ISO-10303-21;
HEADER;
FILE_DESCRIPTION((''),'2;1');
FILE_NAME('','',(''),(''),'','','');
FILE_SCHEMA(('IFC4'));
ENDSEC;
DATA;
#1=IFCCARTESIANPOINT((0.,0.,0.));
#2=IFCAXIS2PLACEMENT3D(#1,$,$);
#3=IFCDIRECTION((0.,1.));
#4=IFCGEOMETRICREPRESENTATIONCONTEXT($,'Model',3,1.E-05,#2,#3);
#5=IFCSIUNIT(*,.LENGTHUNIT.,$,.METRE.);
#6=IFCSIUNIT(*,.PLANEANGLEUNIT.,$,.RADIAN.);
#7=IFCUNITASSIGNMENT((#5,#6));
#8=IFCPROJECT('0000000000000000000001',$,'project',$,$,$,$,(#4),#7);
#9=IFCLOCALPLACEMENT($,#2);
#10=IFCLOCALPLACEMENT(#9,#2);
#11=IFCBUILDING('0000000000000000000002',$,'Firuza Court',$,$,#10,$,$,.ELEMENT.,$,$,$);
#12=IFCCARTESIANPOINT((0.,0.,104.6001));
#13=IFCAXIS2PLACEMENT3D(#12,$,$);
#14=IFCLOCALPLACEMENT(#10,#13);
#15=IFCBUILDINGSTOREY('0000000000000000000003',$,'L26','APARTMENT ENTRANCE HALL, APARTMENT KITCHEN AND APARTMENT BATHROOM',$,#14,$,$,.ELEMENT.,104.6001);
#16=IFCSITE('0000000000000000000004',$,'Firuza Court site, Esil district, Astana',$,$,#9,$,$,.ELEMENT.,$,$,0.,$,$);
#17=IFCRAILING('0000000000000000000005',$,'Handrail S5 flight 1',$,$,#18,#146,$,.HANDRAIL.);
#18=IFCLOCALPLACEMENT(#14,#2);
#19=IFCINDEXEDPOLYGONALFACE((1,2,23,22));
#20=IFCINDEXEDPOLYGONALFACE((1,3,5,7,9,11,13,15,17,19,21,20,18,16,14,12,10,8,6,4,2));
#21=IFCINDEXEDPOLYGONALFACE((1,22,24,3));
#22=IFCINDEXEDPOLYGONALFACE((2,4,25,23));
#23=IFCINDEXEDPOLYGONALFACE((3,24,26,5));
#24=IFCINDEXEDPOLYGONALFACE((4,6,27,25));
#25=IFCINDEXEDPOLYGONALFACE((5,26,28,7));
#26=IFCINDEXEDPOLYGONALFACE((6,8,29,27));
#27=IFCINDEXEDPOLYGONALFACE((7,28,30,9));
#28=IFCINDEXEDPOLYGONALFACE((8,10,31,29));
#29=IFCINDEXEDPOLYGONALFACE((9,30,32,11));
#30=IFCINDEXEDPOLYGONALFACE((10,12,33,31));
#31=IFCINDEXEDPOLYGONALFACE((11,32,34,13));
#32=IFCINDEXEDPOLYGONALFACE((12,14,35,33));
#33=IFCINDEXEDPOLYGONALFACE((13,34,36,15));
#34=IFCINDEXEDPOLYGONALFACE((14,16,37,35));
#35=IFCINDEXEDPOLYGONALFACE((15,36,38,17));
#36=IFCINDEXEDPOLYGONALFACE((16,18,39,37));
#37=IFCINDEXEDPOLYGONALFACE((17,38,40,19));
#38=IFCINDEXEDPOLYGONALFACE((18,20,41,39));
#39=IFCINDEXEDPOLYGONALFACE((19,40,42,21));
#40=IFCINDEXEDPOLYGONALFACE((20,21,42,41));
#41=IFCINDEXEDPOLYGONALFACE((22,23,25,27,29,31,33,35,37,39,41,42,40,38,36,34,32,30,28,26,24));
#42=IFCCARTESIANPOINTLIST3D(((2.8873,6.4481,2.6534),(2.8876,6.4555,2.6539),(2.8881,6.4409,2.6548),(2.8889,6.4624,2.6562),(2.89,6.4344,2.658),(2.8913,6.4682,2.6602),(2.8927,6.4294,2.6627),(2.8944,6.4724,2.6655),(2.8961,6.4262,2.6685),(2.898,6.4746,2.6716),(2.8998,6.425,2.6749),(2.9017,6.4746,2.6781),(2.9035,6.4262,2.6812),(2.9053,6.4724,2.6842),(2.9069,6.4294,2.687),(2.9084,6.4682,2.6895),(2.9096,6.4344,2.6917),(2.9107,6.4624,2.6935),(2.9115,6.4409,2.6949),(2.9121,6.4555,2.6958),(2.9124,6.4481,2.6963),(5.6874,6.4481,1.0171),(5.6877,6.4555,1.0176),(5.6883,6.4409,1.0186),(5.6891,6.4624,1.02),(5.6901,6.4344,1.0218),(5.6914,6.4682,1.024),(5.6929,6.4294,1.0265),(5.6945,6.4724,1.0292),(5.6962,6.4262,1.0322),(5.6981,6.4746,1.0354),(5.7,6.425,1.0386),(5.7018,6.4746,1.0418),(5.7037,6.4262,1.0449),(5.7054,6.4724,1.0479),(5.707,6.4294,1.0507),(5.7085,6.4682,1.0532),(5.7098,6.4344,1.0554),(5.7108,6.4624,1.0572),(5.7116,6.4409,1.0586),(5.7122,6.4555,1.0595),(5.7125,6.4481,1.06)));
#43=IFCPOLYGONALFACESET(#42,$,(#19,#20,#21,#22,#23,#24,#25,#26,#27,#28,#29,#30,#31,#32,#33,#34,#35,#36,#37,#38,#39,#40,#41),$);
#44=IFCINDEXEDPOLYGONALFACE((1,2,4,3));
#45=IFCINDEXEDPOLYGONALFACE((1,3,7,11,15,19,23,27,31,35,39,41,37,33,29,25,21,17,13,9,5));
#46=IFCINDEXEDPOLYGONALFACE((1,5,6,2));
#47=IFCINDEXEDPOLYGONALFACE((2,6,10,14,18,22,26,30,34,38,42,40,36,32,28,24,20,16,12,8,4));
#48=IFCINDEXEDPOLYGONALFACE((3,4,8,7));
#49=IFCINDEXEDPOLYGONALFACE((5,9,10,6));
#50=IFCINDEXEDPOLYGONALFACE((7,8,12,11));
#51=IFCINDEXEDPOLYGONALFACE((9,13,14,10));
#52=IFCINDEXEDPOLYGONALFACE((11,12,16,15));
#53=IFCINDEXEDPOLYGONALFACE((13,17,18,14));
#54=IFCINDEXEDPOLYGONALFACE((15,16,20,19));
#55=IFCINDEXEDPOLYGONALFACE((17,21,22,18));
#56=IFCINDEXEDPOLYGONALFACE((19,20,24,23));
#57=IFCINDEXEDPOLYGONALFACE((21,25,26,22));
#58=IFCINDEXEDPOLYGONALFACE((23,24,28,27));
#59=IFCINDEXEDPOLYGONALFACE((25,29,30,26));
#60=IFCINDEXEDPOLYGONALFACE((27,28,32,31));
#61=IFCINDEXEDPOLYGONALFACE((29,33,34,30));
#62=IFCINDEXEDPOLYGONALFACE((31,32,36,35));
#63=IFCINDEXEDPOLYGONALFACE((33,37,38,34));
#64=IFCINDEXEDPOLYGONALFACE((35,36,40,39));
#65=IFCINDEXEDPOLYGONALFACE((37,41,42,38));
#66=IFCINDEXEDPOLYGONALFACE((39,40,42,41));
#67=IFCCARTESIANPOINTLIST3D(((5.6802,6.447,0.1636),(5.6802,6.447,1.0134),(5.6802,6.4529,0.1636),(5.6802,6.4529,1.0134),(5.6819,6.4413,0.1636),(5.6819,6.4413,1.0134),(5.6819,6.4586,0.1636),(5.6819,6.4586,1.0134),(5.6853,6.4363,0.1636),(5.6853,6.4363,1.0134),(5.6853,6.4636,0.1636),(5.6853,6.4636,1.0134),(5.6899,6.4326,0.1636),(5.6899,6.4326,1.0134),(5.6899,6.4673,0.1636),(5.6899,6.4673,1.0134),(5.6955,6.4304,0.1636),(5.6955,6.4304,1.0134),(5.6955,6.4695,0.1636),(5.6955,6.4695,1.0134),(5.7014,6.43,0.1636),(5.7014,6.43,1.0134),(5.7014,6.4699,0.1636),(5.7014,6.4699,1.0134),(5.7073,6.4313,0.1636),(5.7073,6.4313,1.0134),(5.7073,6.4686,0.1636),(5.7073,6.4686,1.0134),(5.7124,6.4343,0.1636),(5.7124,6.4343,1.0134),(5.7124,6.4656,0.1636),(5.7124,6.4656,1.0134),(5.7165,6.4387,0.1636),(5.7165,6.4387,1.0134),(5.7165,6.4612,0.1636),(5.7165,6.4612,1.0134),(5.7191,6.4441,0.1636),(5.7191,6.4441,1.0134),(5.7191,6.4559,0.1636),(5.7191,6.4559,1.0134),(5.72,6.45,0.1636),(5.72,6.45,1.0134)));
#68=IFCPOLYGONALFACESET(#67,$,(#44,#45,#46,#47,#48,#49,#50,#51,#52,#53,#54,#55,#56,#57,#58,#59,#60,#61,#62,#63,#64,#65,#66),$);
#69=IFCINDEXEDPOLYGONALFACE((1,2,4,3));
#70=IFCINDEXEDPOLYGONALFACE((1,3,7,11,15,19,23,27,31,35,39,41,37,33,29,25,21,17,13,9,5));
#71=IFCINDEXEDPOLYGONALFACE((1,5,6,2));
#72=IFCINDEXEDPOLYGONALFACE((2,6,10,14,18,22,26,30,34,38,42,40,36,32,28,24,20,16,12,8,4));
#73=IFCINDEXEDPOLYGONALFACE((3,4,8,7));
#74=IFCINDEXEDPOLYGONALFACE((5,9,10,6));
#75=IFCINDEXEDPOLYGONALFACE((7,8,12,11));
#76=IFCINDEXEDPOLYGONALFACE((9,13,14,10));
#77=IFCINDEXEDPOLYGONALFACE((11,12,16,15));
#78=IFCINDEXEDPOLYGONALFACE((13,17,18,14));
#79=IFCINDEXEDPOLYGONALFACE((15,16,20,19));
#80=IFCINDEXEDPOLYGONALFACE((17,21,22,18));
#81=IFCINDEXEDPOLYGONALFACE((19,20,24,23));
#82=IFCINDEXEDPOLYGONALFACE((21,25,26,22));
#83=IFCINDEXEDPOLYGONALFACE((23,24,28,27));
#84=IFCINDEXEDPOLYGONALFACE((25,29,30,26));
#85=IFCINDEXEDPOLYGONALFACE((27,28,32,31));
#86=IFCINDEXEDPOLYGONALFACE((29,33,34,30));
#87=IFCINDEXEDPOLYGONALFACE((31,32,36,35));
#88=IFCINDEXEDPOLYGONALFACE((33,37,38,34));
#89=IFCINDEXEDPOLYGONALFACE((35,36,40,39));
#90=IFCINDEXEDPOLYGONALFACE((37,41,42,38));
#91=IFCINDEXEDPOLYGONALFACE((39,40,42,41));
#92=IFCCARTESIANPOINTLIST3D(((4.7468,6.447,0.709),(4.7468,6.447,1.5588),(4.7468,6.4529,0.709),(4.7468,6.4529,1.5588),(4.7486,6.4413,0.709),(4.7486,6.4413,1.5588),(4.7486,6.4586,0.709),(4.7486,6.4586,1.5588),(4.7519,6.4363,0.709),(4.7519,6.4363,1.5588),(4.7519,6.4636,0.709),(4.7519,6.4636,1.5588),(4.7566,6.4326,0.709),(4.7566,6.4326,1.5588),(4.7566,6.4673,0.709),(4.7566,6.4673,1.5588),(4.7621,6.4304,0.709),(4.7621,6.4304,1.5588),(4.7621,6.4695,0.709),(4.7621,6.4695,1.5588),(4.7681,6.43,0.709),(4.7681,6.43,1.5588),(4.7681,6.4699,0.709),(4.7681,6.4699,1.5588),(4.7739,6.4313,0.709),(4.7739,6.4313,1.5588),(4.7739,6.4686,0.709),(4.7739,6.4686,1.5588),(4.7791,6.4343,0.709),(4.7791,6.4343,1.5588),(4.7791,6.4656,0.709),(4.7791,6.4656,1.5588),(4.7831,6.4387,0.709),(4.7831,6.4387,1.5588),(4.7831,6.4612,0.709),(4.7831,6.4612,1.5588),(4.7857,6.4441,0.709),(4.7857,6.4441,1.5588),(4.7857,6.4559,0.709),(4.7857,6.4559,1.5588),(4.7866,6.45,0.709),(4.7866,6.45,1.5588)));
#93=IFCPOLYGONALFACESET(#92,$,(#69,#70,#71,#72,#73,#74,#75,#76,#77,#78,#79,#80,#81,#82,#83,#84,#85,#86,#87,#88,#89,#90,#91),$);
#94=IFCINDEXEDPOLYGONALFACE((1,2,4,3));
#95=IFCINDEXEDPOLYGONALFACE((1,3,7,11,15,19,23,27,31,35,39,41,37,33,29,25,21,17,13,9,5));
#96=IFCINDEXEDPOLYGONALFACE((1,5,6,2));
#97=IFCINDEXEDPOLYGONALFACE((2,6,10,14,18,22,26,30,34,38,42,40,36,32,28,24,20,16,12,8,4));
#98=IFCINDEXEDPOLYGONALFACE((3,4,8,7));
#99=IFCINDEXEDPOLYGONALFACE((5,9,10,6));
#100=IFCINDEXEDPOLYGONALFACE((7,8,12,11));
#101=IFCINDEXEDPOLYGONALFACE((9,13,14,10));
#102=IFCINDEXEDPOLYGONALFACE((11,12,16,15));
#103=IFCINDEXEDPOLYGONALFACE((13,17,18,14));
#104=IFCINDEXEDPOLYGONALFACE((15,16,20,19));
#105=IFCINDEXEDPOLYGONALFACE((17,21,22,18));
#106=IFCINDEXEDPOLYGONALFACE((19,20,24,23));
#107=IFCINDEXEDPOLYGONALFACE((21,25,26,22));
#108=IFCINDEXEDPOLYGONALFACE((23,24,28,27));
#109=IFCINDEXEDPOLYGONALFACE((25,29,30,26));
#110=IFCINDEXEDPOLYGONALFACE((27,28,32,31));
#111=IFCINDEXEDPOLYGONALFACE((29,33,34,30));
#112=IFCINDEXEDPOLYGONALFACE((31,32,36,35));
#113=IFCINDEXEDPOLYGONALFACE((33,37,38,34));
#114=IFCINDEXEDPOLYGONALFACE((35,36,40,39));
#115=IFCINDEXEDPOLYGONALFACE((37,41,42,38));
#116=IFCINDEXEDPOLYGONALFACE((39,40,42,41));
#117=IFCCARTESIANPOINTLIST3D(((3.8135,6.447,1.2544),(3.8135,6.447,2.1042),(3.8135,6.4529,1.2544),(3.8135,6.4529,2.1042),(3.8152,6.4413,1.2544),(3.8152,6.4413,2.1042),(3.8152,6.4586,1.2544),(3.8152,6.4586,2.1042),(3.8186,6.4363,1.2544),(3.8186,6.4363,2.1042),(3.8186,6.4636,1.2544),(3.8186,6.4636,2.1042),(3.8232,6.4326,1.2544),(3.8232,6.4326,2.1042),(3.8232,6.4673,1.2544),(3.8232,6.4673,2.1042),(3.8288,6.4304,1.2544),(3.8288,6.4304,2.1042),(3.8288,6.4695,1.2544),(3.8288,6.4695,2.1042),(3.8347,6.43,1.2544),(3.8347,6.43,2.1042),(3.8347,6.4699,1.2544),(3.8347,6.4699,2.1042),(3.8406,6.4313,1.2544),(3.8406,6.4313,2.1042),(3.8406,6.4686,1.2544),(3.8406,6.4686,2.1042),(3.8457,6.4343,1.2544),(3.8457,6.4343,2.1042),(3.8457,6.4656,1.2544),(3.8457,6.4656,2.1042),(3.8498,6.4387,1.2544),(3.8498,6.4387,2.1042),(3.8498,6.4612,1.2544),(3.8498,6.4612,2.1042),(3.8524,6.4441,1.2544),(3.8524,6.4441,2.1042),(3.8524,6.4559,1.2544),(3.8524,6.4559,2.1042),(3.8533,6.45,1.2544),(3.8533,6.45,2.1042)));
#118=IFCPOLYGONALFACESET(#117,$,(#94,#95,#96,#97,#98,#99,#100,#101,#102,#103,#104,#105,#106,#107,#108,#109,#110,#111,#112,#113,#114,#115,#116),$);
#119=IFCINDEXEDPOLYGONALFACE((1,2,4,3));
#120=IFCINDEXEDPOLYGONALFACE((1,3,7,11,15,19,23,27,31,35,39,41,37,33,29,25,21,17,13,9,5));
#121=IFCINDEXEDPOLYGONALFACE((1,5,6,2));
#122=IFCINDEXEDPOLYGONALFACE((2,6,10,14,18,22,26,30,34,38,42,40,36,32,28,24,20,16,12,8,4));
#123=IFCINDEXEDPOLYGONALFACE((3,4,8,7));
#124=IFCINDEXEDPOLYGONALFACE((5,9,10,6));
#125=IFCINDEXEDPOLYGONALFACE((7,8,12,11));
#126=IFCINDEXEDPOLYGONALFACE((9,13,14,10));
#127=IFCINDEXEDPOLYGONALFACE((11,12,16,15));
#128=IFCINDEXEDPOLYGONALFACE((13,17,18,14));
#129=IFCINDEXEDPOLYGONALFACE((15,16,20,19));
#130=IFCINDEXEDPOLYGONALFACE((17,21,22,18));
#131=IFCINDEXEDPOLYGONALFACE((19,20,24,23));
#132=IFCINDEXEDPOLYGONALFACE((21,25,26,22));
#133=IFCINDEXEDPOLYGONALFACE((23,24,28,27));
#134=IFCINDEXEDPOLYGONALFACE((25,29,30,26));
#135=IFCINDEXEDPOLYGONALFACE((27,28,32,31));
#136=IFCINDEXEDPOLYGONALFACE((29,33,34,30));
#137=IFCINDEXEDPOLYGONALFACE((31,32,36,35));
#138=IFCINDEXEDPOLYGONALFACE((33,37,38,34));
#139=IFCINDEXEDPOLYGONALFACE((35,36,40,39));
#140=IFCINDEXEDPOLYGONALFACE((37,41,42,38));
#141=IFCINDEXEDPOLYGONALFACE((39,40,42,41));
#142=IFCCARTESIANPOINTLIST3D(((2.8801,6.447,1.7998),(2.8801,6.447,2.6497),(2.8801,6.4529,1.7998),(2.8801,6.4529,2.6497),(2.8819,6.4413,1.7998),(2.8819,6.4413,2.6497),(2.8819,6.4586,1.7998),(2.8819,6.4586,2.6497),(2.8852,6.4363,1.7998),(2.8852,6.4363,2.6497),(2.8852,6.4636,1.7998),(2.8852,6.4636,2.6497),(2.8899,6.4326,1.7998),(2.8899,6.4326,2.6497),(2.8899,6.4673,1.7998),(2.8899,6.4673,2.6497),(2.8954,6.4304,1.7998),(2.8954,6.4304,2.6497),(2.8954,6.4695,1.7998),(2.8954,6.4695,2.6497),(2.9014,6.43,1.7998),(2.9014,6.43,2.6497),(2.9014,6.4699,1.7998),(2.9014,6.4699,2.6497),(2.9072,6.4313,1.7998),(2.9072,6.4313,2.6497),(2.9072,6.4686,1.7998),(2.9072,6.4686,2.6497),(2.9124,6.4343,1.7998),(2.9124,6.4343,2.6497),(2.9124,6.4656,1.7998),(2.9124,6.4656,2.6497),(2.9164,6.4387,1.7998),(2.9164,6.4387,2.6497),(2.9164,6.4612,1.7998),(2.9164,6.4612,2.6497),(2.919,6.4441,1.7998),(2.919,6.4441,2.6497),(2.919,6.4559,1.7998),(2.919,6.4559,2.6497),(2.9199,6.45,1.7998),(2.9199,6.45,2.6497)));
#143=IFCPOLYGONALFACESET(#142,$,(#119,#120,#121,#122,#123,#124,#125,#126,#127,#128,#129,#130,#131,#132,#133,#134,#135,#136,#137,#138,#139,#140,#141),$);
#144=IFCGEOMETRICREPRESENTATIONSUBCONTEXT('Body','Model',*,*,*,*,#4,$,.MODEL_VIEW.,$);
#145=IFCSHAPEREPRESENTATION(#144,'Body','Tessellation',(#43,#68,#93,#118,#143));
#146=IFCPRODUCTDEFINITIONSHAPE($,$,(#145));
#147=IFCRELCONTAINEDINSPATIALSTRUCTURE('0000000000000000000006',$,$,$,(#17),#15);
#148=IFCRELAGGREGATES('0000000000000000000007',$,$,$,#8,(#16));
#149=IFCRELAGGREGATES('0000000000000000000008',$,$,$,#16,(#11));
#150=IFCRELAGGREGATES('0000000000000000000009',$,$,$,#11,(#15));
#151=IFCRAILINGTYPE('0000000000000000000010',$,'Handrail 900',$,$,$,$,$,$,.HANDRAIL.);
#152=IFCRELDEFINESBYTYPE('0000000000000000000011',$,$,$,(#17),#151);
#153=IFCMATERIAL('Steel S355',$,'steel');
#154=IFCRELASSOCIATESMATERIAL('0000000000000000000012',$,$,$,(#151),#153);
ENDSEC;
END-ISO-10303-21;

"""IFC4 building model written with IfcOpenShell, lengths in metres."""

from ifc_helpers import new_model, si_unit, direction, frame, origin, origin_2d, place, context, subcontext, project, spatial, circle, extrude, material, type_object, element, save


model = new_model("IFC4")

# Units and contexts
model_context = context("Model", 3, precision=1e-05, world=origin(), true_north=direction((0.0, 1.0)))
body_context = subcontext(model_context, "Body", "Model", "MODEL_VIEW")
ifc_project = project(units=[si_unit("LENGTHUNIT", "METRE"), si_unit("PLANEANGLEUNIT", "RADIAN")], contexts=[model_context])

# Site, building, storey
site_placement = place(None, origin())
site = spatial("IfcSite", under=ifc_project, at=site_placement, Name="Firuza Court site, Esil district, Astana", CompositionType="ELEMENT", RefElevation=0.0)
building_placement = place(site_placement, origin())
building = spatial("IfcBuilding", under=site, at=building_placement, Name="Firuza Court", CompositionType="ELEMENT")
storey_placement = place(building_placement, frame((0.0, 0.0, 104.6001)))
storey = spatial("IfcBuildingStorey", under=building, at=storey_placement, Name="L26", Description="APARTMENT ENTRANCE HALL, APARTMENT KITCHEN AND APARTMENT BATHROOM", CompositionType="ELEMENT", Elevation=104.6001)

# Railing
ifc_material_1 = material(Name="Steel S355", Category="steel")
railing_type_1 = type_object("IfcRailingType", Name="Handrail 900", PredefinedType="HANDRAIL", material=ifc_material_1)
railing_1_placement = place(storey_placement, frame((5.7, 6.45, 0.1636)))
element("IfcRailing", 1, at=railing_1_placement, inside=storey, type_object=railing_type_1, Name="Handrail S5 flight 1", PredefinedType="HANDRAIL", context=body_context, shape_type="SweptSolid", body=[
    extrude(circle(Radius=0.0249, at=origin_2d()), frame((0.0, 0.0, 0.875), z_axis=(-0.863394, 0.0, 0.504531), x_axis=(0.0, -1.0, 0.0)), (0.0, 0.0, 1.0), 3.2432),
    extrude(circle(Radius=0.02, at=origin_2d()), origin(), (0.0, 0.0, 1.0), 0.8499),
    extrude(circle(Radius=0.02, at=origin_2d()), frame((-0.9333, 0.0, 0.5454)), (0.0, 0.0, 1.0), 0.8499),
    extrude(circle(Radius=0.02, at=origin_2d()), frame((-1.8667, 0.0, 1.0908)), (0.0, 0.0, 1.0), 0.8499),
    extrude(circle(Radius=0.02, at=origin_2d()), frame((-2.8, 0.0, 1.6362)), (0.0, 0.0, 1.0), 0.8499),
])

save(model, "model.ifc")
